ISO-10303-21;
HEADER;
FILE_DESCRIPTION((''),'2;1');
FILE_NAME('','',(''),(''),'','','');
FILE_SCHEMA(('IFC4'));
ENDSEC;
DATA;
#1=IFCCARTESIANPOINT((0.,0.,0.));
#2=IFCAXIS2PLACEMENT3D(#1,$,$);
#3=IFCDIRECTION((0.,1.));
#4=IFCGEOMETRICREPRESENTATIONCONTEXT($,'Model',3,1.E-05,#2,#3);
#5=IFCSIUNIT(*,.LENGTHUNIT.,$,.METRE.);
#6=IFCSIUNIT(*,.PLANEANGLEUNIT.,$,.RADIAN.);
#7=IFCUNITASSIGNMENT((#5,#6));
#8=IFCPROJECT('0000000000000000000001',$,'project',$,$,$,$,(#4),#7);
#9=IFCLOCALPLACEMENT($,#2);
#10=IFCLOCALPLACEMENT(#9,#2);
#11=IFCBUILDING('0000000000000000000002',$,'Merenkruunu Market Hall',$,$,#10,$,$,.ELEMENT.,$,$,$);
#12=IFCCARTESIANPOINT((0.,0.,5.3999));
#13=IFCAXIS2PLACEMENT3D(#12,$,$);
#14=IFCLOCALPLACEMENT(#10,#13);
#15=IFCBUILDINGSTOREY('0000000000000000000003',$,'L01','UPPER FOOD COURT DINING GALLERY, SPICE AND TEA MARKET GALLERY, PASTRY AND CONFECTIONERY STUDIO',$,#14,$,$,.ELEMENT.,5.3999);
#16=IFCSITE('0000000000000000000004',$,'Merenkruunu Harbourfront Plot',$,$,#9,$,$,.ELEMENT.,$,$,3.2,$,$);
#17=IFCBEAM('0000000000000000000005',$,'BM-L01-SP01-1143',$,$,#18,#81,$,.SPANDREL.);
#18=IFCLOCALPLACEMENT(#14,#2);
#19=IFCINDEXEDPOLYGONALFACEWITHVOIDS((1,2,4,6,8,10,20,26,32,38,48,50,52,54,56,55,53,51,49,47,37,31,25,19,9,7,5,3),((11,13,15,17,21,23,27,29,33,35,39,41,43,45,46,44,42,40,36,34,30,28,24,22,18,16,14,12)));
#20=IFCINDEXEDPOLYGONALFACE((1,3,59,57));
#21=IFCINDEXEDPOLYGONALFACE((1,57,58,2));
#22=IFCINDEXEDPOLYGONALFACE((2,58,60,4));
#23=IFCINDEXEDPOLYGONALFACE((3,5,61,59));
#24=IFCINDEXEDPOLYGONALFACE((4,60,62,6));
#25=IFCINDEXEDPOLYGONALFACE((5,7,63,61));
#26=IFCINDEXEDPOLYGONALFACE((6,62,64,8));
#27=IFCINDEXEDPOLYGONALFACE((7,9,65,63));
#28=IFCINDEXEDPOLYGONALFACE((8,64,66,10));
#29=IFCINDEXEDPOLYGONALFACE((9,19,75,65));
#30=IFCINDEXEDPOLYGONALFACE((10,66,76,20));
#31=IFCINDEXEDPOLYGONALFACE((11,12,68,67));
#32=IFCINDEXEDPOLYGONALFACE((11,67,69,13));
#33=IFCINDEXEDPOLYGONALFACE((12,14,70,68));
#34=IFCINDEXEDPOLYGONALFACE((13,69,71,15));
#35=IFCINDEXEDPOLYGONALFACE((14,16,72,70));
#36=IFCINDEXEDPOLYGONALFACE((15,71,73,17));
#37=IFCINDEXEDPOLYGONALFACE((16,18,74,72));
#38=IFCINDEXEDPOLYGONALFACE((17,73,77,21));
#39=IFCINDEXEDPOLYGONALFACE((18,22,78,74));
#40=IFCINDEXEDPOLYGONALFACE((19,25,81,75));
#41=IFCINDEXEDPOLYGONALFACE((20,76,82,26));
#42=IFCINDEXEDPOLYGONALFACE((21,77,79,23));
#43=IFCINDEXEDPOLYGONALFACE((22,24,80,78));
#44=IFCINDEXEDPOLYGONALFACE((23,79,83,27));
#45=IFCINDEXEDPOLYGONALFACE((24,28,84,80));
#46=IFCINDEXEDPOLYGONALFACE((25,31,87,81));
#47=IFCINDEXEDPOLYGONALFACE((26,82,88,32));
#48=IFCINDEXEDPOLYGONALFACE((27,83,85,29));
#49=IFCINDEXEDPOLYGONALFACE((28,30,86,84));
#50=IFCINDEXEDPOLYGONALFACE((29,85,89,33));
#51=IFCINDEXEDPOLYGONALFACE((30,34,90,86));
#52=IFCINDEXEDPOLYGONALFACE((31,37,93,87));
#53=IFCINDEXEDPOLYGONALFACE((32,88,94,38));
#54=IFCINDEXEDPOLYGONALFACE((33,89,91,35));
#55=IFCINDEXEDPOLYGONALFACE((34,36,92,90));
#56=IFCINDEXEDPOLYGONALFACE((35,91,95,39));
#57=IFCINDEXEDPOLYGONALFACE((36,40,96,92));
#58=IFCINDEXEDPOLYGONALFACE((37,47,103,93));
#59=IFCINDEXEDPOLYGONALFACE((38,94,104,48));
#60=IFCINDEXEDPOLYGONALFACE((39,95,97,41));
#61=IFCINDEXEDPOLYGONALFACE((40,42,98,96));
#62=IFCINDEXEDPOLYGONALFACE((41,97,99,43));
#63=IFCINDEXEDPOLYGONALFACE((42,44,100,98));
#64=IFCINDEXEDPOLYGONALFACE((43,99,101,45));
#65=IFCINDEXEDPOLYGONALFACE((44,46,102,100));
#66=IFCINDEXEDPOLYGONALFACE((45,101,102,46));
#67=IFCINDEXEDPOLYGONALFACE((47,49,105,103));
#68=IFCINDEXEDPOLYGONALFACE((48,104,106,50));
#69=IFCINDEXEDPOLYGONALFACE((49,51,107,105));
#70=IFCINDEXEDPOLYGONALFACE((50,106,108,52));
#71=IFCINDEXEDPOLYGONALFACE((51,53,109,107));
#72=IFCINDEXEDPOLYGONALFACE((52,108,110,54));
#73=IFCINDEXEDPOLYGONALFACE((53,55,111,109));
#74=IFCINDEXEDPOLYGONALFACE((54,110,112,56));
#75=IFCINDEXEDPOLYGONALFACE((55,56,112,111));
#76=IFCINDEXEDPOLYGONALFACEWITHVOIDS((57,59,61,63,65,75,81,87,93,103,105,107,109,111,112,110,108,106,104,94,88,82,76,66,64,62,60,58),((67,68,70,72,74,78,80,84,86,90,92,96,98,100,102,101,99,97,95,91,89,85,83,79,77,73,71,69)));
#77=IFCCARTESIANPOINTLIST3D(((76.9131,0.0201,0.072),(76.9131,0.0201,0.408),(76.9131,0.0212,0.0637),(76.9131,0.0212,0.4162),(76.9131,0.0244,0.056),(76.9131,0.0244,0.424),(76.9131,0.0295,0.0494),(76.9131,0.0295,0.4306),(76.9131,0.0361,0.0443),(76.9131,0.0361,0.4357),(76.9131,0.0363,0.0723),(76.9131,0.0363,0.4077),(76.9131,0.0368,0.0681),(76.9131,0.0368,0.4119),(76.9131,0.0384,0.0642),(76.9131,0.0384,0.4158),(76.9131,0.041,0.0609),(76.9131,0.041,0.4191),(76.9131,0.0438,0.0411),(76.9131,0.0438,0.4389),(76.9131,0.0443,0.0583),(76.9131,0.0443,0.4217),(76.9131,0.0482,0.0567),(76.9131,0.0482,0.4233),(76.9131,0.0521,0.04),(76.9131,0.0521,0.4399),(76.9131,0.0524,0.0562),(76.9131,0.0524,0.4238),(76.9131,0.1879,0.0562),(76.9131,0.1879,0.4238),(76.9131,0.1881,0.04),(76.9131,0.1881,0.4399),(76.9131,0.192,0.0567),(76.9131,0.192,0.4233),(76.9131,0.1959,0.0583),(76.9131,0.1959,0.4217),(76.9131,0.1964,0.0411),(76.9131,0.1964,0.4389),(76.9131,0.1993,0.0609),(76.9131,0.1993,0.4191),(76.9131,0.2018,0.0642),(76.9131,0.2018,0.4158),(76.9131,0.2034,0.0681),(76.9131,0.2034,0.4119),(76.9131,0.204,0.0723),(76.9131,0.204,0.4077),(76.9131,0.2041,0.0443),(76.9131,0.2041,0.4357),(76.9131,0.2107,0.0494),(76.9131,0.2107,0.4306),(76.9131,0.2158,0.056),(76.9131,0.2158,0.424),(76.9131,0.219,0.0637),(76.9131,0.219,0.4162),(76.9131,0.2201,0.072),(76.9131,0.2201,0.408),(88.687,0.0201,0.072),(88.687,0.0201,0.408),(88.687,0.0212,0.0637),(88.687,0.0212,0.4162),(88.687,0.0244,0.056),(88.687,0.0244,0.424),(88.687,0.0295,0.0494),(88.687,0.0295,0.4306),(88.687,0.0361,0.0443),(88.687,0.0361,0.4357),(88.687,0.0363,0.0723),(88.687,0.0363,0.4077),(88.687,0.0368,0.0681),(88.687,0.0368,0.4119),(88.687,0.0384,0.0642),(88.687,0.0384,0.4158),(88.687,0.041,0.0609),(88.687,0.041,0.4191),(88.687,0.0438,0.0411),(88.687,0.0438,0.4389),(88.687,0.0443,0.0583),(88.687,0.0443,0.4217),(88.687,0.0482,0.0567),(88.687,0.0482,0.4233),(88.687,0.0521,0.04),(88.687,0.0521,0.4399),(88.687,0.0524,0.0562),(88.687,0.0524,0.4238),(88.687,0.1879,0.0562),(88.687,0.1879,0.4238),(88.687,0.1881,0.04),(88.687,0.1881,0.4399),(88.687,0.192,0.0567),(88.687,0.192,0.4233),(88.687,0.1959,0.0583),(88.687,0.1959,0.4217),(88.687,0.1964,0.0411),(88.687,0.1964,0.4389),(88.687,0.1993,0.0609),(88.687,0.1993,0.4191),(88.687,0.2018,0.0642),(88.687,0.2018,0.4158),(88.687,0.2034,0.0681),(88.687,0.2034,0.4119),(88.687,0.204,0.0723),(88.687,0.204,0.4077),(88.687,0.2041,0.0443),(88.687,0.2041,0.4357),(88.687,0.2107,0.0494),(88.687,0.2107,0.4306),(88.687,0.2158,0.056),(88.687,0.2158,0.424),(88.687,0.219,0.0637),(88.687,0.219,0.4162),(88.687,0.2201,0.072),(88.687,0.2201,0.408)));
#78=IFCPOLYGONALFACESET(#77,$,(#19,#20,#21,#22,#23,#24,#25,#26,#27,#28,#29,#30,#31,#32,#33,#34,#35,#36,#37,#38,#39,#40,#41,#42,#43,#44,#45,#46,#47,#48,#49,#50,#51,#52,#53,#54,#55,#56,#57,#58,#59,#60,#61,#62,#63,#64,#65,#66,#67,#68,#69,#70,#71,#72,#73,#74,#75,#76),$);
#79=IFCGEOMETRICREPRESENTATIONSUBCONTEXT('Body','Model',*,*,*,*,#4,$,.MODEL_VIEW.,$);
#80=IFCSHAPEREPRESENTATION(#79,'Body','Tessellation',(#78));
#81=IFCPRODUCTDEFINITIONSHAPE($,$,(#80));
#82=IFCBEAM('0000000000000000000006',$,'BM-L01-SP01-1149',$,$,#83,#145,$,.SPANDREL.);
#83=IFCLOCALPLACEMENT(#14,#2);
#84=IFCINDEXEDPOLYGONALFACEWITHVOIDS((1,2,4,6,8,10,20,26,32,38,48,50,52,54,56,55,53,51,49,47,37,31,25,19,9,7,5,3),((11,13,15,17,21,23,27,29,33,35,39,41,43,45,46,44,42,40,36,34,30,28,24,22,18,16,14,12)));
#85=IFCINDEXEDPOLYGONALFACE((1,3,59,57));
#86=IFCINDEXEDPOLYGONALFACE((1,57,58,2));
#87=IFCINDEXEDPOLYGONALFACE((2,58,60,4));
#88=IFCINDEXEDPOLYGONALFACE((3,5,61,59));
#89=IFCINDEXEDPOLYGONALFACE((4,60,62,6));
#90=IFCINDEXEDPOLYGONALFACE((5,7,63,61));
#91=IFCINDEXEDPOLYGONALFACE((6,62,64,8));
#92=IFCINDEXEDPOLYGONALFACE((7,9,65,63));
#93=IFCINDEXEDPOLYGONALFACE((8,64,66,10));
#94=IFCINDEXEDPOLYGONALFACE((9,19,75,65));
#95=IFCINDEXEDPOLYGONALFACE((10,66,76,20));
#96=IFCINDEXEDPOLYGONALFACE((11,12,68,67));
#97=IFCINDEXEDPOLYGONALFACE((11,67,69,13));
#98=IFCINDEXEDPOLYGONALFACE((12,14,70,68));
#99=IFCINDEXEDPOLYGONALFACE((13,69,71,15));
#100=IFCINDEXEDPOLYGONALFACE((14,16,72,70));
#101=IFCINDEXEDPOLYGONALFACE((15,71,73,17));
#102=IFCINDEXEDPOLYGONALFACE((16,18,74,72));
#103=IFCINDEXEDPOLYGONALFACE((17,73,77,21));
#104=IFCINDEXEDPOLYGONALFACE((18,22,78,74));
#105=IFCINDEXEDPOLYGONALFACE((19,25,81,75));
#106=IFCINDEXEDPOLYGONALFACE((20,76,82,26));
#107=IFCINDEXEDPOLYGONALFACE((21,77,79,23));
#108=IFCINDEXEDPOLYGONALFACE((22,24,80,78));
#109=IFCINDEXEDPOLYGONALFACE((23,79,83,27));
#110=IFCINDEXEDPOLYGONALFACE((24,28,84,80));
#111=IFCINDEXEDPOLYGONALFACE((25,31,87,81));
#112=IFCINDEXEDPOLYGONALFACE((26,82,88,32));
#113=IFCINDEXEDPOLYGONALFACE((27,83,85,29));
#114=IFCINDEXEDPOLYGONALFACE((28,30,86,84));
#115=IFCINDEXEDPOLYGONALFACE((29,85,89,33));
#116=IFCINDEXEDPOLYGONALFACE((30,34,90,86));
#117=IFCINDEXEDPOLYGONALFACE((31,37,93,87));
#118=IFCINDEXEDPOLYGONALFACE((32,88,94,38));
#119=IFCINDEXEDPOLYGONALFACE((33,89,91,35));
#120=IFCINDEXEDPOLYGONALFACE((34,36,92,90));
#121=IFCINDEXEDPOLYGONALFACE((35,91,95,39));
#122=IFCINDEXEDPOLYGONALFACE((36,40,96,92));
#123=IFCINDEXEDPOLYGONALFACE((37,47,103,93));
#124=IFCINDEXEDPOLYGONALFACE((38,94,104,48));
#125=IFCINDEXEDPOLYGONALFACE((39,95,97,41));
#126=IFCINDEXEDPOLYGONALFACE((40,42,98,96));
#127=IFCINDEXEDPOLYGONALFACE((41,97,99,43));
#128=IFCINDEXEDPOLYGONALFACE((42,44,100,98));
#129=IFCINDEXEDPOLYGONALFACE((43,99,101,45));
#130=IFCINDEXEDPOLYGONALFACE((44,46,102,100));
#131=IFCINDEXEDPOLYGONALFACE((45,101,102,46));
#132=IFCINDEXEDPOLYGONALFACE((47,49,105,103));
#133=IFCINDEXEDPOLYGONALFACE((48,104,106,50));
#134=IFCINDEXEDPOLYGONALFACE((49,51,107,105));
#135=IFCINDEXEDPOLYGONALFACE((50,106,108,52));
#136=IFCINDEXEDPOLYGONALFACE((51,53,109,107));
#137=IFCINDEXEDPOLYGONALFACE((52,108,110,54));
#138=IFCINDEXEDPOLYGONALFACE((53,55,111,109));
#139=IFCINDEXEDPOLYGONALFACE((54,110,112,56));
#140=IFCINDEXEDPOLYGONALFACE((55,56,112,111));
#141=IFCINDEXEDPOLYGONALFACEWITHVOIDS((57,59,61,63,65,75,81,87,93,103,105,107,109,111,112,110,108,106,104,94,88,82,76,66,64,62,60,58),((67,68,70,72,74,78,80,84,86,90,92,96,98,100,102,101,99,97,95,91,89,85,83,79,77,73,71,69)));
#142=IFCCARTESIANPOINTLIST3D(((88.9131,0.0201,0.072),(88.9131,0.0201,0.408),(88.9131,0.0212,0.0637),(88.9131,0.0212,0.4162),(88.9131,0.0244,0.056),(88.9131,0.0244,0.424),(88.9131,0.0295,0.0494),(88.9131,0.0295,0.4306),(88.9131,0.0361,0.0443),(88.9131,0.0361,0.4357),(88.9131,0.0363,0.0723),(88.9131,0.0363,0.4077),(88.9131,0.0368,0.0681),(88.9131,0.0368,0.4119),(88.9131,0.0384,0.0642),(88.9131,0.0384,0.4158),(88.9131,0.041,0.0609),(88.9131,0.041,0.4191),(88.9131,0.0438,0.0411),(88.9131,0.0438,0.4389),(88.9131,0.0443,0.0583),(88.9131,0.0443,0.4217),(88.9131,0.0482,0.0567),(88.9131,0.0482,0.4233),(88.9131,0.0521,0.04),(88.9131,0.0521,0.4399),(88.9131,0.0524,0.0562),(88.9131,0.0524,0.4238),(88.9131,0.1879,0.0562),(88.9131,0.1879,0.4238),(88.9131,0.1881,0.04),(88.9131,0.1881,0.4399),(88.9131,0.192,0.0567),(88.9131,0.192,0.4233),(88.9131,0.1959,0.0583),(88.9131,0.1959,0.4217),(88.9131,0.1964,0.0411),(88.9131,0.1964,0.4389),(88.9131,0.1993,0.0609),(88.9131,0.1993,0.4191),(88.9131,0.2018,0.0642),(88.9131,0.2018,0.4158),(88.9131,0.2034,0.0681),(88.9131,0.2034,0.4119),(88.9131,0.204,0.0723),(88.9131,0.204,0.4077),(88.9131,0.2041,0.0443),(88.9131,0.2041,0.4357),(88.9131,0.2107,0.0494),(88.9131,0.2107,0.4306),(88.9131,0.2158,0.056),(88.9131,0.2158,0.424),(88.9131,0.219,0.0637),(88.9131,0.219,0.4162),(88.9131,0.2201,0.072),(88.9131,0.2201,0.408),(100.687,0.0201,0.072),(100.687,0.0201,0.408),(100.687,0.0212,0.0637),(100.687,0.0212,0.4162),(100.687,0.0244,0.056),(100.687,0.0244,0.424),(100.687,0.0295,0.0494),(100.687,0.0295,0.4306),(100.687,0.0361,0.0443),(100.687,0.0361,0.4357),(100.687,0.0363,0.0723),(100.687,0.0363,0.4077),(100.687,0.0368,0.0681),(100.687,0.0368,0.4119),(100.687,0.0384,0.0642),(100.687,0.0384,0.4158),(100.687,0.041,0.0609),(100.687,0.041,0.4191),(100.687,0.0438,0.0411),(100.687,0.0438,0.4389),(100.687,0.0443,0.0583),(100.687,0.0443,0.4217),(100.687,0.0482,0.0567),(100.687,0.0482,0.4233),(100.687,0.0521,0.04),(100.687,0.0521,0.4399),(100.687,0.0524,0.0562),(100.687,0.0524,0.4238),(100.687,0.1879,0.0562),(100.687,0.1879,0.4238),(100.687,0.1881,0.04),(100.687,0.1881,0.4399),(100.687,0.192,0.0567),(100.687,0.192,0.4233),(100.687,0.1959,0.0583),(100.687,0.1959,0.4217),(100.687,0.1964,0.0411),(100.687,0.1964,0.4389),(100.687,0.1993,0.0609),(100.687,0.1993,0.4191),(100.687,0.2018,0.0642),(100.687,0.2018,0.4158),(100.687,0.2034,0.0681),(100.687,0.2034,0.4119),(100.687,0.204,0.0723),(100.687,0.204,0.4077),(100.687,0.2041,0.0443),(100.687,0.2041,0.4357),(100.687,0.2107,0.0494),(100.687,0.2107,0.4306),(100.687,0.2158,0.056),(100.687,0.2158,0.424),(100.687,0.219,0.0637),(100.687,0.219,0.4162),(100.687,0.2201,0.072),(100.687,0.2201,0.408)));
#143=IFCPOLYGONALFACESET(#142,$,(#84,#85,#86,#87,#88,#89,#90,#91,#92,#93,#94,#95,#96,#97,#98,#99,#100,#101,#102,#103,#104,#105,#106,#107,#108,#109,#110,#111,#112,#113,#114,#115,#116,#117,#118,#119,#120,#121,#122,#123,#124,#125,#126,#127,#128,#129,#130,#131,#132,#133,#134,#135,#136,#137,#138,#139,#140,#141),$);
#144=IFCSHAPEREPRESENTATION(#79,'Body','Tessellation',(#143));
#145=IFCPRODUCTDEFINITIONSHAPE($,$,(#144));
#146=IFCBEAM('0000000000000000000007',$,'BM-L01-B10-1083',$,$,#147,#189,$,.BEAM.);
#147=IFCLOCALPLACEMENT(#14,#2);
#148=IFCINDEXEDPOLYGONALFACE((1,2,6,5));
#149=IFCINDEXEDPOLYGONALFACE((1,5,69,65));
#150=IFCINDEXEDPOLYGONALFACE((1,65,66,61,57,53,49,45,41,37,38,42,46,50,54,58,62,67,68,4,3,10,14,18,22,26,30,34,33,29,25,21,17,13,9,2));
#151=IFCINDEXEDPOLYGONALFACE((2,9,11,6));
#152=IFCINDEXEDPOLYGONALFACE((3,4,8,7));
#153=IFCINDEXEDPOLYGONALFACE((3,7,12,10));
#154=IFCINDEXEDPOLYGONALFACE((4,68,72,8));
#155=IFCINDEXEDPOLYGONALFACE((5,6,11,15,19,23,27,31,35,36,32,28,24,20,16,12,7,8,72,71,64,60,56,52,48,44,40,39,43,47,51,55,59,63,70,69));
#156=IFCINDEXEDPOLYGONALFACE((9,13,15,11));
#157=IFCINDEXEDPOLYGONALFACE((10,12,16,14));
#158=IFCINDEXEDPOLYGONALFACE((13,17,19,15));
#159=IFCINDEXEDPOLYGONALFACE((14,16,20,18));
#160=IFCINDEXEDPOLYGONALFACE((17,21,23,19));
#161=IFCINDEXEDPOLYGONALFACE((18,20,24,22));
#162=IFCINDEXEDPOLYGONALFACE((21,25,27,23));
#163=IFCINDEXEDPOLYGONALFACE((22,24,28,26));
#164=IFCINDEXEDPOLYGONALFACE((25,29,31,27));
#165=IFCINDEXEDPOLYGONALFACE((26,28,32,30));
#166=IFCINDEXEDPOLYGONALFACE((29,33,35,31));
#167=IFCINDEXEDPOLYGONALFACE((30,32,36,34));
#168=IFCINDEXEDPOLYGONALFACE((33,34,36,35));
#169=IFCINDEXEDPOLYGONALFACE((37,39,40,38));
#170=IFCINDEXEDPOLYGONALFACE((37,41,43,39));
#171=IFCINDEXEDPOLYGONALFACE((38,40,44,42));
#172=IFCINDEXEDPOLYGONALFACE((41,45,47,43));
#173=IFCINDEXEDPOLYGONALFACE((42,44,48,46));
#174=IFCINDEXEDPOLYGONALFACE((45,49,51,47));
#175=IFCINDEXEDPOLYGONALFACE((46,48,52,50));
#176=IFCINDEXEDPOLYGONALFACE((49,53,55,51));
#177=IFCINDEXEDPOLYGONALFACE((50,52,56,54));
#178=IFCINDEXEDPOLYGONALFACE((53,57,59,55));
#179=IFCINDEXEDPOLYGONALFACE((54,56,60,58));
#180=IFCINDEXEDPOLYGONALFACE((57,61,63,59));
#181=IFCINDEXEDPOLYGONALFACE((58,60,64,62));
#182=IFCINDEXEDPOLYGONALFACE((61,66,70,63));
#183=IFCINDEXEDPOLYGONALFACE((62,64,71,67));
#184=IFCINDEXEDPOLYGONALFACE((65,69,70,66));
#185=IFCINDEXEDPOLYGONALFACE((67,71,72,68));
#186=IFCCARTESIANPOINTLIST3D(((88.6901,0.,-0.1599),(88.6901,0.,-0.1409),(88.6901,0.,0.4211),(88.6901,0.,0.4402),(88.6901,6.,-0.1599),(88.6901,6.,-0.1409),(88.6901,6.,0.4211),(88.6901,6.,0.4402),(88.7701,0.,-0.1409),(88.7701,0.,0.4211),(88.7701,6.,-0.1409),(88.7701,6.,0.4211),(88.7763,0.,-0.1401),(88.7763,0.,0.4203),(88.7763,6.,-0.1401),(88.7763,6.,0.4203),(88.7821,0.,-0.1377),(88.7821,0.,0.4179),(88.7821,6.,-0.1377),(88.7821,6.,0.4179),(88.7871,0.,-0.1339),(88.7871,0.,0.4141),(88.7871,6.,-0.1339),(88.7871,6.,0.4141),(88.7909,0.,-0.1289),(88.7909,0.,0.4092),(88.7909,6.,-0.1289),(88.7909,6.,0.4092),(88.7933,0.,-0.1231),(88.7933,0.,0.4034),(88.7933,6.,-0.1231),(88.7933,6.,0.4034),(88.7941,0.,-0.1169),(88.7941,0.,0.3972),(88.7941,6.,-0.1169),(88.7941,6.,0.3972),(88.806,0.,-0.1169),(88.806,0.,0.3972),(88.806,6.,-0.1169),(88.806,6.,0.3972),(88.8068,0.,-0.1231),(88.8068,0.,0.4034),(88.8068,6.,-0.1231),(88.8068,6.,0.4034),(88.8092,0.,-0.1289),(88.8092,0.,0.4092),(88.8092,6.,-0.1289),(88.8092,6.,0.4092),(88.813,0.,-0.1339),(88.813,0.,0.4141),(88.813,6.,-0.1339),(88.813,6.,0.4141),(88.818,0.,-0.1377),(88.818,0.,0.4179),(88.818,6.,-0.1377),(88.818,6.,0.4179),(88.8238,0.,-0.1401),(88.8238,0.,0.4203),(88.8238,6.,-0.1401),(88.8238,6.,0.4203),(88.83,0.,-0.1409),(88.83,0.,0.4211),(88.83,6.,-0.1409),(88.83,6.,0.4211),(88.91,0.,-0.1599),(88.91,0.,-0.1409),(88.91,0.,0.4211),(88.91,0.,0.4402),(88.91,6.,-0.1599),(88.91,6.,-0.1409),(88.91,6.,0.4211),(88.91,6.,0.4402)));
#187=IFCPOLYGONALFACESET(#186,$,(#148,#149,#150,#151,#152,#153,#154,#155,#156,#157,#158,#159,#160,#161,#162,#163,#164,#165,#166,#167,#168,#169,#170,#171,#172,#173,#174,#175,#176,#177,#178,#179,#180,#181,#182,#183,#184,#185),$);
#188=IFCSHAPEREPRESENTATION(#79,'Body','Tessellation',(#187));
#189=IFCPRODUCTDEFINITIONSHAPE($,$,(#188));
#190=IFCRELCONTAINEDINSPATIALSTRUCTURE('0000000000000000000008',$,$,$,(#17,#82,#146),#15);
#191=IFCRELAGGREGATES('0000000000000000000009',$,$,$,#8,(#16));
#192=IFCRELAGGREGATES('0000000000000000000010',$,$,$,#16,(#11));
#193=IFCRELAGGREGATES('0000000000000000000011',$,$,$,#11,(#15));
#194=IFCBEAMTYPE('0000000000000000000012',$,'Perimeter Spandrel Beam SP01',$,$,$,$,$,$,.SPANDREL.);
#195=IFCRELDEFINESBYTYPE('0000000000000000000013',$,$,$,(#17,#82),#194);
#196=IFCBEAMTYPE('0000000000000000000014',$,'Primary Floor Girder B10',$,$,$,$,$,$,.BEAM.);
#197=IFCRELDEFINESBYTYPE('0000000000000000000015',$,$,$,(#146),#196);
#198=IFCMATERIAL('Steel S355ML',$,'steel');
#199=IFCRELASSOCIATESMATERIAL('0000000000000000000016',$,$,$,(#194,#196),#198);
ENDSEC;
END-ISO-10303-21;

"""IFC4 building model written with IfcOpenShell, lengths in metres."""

from ifc_helpers import new_model, si_unit, direction, frame, origin, origin_2d, place, context, subcontext, project, spatial, hollow_rectangle, i_section, extrude, material, material_profile, profile_set, type_object, element, save


model = new_model("IFC4")

# Units and contexts
model_context = context("Model", 3, precision=1e-05, world=origin(), true_north=direction((0.0, 1.0)))
body_context = subcontext(model_context, "Body", "Model", "MODEL_VIEW")
ifc_project = project(units=[si_unit("LENGTHUNIT", "METRE"), si_unit("PLANEANGLEUNIT", "RADIAN")], contexts=[model_context])

# Site, building, storey
site_placement = place(None, origin())
site = spatial("IfcSite", under=ifc_project, at=site_placement, Name="Merenkruunu Harbourfront Plot", CompositionType="ELEMENT", RefElevation=3.2)
building_placement = place(site_placement, origin())
building = spatial("IfcBuilding", under=site, at=building_placement, Name="Merenkruunu Market Hall", CompositionType="ELEMENT")
storey_placement = place(building_placement, frame((0.0, 0.0, 5.3999)))
storey = spatial("IfcBuildingStorey", under=building, at=storey_placement, Name="L01", Description="UPPER FOOD COURT DINING GALLERY, SPICE AND TEA MARKET GALLERY, PASTRY AND CONFECTIONERY STUDIO", CompositionType="ELEMENT", Elevation=5.3999)

# Beams
ifc_material_1 = material(Name="Steel S355ML", Category="steel")
ifc_material_profile_1 = material_profile(ifc_material_1, hollow_rectangle(XDim=0.2, YDim=0.3999, WallThickness=0.0161, InnerFilletRadius=0.0161, OuterFilletRadius=0.032, at=origin_2d()), Name="RHS 400x200x16")
ifc_profile_set_1 = profile_set([ifc_material_profile_1], Name="Steel S355ML")
beam_type_1 = type_object("IfcBeamType", Name="Perimeter Spandrel Beam SP01", PredefinedType="SPANDREL", material=ifc_profile_set_1)
for number, where, z_axis, x_axis, name in (
    (1, (76.9131, 0.1201, 0.24), (1.0, 0.0, 0.0), (0.0, 1.0, 0.0), "BM-L01-SP01-1143"),
    (2, (88.9131, 0.1201, 0.24), (1.0, 0.0, 0.0), (0.0, 1.0, 0.0), "BM-L01-SP01-1149"),
):
    element("IfcBeam", number, at=place(storey_placement, frame(where, z_axis=z_axis, x_axis=x_axis)), inside=storey, type_object=beam_type_1, Name=name, PredefinedType="SPANDREL", context=body_context, shape_type="SweptSolid", body=[
        extrude(hollow_rectangle(XDim=0.2, YDim=0.3999, WallThickness=0.0161, InnerFilletRadius=0.0161, OuterFilletRadius=0.032, at=origin_2d()), origin(), (0.0, 0.0, 1.0), 11.7739),
    ])
ifc_material_profile_2 = material_profile(ifc_material_1, i_section(OverallWidth=0.22, OverallDepth=0.6001, WebThickness=0.012, FlangeThickness=0.019, FilletRadius=0.0239, at=origin_2d()), Name="IPE 600")
ifc_profile_set_2 = profile_set([ifc_material_profile_2], Name="Steel S355ML")
beam_type_2 = type_object("IfcBeamType", Name="Primary Floor Girder B10", PredefinedType="BEAM", material=ifc_profile_set_2)
for number, where, z_axis, x_axis, name in (
    (3, (88.8, 6.0, 0.1401), (0.0, -1.0, 0.0), (1.0, 0.0, 0.0), "BM-L01-B10-1083"),
):
    element("IfcBeam", number, at=place(storey_placement, frame(where, z_axis=z_axis, x_axis=x_axis)), inside=storey, type_object=beam_type_2, Name=name, PredefinedType="BEAM", context=body_context, shape_type="SweptSolid", body=[
        extrude(i_section(OverallWidth=0.22, OverallDepth=0.6001, WebThickness=0.012, FlangeThickness=0.019, FilletRadius=0.0239, at=origin_2d()), origin(), (0.0, 0.0, 1.0), 6.0),
    ])

save(model, "model.ifc")
